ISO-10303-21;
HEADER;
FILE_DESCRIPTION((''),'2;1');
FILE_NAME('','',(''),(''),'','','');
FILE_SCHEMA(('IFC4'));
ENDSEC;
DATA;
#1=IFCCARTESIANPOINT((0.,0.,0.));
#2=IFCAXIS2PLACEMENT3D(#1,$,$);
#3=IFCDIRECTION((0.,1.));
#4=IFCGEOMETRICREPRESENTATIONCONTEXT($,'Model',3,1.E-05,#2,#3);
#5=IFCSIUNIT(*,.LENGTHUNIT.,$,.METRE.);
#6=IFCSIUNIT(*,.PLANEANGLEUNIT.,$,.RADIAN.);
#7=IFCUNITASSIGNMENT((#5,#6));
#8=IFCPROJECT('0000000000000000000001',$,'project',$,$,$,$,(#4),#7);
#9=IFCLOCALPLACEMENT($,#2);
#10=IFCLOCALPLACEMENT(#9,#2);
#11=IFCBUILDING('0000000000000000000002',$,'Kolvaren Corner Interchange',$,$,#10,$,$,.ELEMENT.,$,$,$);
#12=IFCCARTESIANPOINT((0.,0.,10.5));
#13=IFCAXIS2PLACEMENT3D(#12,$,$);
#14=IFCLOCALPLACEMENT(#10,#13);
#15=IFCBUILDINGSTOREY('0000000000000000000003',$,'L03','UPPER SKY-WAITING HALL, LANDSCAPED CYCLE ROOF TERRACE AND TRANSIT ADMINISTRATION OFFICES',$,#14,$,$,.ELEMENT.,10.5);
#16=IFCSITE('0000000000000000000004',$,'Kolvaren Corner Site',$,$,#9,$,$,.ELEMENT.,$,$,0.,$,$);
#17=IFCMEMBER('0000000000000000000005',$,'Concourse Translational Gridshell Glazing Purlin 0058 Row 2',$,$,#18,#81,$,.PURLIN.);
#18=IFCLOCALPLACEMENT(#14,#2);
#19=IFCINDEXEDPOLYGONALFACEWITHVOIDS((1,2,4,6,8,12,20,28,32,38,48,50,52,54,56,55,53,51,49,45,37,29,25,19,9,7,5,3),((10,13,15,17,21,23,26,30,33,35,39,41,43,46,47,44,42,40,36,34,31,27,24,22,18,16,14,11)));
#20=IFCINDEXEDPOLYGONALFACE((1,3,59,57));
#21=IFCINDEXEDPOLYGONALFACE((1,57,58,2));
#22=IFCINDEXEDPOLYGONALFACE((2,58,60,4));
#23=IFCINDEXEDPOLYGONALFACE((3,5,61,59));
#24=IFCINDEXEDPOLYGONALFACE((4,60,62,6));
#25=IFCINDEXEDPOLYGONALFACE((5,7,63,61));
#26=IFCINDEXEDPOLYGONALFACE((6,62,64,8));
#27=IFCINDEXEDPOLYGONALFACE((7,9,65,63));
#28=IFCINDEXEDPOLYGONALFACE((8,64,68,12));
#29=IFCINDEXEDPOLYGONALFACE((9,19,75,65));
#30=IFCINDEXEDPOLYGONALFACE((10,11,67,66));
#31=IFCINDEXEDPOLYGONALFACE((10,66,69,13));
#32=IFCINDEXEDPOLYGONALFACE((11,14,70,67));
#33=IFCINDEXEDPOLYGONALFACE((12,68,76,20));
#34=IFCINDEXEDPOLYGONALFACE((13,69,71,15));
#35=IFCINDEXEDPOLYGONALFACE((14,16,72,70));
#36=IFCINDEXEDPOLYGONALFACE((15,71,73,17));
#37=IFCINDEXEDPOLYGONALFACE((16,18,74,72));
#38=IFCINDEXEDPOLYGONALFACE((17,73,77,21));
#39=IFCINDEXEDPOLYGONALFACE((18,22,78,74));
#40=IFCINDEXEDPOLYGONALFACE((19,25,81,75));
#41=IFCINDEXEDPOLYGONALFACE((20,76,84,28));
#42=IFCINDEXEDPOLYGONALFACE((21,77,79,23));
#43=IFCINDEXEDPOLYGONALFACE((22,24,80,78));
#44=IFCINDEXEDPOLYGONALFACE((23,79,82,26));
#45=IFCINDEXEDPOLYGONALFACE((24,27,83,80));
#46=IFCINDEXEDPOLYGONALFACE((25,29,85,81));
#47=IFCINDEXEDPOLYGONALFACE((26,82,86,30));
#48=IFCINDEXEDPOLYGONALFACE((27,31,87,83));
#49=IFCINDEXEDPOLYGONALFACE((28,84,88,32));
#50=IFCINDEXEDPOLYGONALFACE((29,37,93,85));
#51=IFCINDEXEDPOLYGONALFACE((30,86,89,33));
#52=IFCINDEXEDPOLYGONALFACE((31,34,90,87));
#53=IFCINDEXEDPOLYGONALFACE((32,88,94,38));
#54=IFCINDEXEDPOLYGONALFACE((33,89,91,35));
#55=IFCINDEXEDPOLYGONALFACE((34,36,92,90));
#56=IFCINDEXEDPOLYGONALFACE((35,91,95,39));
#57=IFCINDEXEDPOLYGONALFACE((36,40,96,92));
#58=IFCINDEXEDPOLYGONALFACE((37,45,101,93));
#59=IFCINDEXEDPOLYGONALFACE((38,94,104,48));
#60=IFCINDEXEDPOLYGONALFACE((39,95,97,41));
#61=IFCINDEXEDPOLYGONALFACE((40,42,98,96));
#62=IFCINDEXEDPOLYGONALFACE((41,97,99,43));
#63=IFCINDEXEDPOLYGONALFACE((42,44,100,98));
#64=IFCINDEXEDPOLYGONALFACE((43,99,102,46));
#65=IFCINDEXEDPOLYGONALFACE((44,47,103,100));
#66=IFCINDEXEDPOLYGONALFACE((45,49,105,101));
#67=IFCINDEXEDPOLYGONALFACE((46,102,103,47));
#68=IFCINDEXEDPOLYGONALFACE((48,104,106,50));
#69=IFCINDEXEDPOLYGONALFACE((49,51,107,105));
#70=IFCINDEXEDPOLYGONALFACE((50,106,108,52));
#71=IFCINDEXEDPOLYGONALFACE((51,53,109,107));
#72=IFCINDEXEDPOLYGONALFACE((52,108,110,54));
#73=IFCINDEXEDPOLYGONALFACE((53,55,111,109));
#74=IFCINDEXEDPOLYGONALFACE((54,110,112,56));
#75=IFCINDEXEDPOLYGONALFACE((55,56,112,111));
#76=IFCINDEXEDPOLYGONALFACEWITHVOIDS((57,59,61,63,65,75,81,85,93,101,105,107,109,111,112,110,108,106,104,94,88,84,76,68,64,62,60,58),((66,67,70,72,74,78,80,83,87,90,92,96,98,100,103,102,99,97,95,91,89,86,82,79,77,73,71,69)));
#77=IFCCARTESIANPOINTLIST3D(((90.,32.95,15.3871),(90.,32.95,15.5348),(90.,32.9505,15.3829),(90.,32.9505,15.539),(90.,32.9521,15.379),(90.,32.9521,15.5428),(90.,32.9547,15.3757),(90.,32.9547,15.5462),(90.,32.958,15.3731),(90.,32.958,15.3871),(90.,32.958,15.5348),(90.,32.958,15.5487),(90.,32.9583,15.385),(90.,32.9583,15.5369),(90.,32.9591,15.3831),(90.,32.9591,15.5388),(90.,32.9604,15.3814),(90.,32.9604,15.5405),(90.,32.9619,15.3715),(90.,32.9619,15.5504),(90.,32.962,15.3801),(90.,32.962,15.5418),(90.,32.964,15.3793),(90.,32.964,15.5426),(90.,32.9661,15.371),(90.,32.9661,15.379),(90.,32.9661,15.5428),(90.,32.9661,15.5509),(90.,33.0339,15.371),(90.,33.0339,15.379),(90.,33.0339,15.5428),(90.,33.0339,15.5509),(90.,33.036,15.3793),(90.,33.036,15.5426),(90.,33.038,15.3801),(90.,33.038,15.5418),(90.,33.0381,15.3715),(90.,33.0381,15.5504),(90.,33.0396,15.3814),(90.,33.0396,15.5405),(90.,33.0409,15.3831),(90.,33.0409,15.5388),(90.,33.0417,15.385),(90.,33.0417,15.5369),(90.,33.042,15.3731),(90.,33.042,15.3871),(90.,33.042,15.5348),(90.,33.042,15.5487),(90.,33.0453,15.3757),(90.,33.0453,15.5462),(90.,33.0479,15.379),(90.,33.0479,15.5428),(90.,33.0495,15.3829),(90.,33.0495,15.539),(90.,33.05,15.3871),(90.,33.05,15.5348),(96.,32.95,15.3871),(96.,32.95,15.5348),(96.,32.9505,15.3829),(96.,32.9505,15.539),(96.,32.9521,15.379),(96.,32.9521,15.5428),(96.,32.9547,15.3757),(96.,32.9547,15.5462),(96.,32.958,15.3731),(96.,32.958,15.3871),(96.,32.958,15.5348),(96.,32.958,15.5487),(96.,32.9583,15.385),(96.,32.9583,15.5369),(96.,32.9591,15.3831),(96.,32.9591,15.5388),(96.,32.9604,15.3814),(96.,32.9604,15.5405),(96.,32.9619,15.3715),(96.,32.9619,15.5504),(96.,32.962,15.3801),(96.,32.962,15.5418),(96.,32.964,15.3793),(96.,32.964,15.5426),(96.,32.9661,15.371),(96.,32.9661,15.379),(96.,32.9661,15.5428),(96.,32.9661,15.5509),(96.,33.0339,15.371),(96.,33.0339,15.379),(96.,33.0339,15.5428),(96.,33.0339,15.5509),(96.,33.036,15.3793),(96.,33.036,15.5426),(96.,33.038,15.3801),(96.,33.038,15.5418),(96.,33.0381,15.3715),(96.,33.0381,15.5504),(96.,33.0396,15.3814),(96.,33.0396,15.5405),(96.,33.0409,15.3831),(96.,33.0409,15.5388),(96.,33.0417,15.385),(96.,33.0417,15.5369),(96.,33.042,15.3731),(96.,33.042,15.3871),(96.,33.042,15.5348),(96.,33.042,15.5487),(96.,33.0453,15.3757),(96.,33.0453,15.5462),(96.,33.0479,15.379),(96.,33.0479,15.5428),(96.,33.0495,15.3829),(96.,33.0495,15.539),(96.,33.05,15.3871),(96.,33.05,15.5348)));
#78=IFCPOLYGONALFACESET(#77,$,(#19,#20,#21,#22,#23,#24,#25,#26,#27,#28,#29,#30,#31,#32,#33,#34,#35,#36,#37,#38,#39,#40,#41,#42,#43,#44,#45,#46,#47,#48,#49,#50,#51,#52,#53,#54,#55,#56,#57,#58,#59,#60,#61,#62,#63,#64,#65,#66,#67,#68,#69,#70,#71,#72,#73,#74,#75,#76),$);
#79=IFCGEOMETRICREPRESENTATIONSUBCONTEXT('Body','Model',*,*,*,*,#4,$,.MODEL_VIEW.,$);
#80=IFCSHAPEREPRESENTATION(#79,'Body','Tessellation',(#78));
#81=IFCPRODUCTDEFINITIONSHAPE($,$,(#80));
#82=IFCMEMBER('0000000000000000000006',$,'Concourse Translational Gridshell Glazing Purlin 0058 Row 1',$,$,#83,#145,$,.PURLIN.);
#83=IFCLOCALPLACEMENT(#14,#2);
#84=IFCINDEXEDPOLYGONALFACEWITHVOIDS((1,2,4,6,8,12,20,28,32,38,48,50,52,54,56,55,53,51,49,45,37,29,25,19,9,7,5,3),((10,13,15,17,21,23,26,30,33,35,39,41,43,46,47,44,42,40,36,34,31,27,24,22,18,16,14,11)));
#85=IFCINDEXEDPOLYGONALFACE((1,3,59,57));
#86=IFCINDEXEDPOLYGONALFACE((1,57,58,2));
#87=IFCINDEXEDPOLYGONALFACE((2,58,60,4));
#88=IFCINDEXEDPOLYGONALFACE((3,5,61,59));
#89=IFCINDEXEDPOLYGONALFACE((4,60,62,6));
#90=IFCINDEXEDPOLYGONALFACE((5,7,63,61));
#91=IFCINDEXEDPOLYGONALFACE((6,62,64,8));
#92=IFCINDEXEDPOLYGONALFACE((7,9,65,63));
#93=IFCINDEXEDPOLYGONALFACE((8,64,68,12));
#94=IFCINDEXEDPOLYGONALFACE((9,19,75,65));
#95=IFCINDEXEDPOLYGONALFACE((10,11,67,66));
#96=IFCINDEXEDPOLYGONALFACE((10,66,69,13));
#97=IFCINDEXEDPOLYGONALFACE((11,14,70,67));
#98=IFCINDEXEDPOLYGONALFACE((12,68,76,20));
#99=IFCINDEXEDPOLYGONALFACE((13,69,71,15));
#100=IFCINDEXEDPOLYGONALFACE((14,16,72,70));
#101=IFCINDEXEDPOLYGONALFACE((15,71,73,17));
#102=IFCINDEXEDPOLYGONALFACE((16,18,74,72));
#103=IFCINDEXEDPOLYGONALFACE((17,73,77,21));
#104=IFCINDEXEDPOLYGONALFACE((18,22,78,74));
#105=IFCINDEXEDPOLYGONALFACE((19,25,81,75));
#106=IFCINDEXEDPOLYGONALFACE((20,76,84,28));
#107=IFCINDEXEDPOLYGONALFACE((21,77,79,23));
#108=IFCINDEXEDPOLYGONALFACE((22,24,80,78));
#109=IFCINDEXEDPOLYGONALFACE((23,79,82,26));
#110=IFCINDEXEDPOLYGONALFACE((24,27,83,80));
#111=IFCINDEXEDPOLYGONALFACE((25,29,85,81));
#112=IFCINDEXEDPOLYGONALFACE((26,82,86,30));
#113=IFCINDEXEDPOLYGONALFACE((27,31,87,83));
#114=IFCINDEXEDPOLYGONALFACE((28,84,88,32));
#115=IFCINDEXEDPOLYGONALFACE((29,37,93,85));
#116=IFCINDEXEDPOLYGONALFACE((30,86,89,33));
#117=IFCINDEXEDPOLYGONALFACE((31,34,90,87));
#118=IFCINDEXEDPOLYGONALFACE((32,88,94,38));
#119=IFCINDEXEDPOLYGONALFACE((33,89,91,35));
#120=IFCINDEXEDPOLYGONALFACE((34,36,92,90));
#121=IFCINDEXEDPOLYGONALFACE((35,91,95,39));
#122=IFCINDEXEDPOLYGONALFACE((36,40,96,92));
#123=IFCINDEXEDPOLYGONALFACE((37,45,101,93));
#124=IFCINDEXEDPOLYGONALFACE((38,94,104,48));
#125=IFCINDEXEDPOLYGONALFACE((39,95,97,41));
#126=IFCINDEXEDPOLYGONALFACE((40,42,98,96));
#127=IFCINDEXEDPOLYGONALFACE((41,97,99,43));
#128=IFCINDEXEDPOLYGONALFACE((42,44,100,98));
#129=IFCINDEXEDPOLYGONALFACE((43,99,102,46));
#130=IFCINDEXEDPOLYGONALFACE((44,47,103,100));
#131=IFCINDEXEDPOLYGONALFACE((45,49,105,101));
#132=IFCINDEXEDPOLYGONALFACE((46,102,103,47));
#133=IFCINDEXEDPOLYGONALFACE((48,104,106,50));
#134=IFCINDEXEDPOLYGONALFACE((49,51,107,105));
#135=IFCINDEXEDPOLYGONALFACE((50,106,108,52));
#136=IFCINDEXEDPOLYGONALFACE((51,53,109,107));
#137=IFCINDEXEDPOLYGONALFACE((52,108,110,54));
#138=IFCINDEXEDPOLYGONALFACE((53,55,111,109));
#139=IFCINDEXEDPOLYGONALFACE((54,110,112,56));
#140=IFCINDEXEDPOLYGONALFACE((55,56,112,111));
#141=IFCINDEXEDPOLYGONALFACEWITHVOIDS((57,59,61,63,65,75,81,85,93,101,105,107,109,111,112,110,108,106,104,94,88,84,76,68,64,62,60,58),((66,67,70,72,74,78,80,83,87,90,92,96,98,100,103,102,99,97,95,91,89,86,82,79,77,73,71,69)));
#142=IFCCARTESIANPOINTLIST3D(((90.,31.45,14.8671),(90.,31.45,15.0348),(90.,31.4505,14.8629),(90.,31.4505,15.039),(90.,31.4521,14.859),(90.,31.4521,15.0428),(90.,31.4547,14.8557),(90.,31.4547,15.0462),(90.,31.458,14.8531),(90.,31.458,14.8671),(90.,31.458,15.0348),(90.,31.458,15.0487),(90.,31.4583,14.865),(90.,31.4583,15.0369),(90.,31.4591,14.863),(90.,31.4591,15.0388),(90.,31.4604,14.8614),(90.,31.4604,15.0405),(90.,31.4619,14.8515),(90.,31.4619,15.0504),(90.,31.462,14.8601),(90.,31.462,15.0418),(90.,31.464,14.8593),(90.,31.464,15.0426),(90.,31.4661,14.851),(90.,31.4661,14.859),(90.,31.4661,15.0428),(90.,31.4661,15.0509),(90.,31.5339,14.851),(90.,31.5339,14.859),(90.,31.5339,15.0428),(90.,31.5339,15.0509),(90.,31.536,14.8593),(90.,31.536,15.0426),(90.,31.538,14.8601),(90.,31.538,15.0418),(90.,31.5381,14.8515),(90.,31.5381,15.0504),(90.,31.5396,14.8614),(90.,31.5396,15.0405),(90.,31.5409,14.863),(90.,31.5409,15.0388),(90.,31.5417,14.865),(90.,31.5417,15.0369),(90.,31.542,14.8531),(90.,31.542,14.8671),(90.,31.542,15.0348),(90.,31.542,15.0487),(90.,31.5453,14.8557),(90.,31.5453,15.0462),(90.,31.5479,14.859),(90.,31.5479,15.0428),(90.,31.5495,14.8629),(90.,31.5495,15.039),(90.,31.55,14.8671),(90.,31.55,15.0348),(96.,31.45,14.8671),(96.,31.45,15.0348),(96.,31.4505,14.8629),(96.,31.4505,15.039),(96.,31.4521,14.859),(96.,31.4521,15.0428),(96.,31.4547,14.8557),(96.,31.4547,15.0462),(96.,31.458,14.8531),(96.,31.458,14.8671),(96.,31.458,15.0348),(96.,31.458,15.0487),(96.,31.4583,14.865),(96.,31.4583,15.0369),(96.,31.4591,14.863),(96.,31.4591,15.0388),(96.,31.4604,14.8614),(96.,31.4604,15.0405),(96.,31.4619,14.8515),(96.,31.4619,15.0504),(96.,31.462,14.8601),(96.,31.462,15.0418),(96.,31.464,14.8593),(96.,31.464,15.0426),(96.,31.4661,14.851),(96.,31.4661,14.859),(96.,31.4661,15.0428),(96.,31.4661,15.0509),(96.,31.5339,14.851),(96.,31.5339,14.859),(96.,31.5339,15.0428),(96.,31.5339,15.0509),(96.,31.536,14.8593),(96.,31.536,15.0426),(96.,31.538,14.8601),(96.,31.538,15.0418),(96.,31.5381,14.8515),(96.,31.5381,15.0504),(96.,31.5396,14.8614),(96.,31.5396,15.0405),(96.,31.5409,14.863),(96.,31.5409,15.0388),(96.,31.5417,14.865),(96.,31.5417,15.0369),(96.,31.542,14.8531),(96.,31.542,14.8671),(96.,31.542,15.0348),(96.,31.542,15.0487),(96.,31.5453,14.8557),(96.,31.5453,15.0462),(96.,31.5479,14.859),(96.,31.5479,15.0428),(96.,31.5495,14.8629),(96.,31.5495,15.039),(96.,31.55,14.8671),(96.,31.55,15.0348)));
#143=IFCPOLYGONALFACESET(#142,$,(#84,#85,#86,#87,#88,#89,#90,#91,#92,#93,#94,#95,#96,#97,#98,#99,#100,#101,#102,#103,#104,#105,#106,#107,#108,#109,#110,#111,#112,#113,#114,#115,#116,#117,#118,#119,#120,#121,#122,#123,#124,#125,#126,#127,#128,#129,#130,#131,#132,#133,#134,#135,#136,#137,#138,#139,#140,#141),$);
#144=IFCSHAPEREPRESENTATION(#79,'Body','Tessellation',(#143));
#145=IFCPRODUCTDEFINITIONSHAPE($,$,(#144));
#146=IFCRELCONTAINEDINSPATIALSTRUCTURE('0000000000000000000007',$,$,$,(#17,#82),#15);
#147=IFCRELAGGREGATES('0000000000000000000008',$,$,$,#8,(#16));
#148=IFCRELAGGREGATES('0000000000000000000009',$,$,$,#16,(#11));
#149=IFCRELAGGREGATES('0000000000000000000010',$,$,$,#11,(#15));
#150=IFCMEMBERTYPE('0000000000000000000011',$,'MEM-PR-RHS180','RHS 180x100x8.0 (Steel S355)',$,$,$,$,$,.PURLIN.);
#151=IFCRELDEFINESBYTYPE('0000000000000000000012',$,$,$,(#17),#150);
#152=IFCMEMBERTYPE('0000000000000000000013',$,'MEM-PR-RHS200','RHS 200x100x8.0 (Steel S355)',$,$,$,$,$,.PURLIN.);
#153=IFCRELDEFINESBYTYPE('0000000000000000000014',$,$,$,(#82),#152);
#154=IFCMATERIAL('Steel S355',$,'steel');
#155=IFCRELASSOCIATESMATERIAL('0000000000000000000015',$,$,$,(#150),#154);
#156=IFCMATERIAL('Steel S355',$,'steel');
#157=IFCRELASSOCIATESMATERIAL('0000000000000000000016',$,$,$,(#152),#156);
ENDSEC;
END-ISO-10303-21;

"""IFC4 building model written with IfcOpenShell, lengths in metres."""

from ifc_helpers import new_model, si_unit, direction, frame, origin, origin_2d, place, context, subcontext, project, spatial, hollow_rectangle, extrude, material, material_profile, profile_set, type_object, element, save


model = new_model("IFC4")

# Units and contexts
model_context = context("Model", 3, precision=1e-05, world=origin(), true_north=direction((0.0, 1.0)))
body_context = subcontext(model_context, "Body", "Model", "MODEL_VIEW")
ifc_project = project(units=[si_unit("LENGTHUNIT", "METRE"), si_unit("PLANEANGLEUNIT", "RADIAN")], contexts=[model_context])

# Site, building, storey
site_placement = place(None, origin())
site = spatial("IfcSite", under=ifc_project, at=site_placement, Name="Kolvaren Corner Site", CompositionType="ELEMENT", RefElevation=0.0)
building_placement = place(site_placement, origin())
building = spatial("IfcBuilding", under=site, at=building_placement, Name="Kolvaren Corner Interchange", CompositionType="ELEMENT")
storey_placement = place(building_placement, frame((0.0, 0.0, 10.5)))
storey = spatial("IfcBuildingStorey", under=building, at=storey_placement, Name="L03", Description="UPPER SKY-WAITING HALL, LANDSCAPED CYCLE ROOF TERRACE AND TRANSIT ADMINISTRATION OFFICES", CompositionType="ELEMENT", Elevation=10.5)

# Members
ifc_material_1 = material(Name="Steel S355", Category="steel")
ifc_material_profile_1 = material_profile(ifc_material_1, hollow_rectangle(XDim=0.1001, YDim=0.1799, WallThickness=0.0081, InnerFilletRadius=0.0081, OuterFilletRadius=0.0161, at=origin_2d()), Name="RHS 180x100x8.0")
ifc_profile_set_1 = profile_set([ifc_material_profile_1], Name="Steel S355")
member_type_1 = type_object("IfcMemberType", Name="MEM-PR-RHS180", Description="RHS 180x100x8.0 (Steel S355)", PredefinedType="PURLIN", material=ifc_profile_set_1)
member_1_placement = place(storey_placement, frame((90.0, 33.0, 15.4609), z_axis=(1.0, 0.0, 0.0), x_axis=(0.0, 1.0, 0.0)))
element("IfcMember", 1, at=member_1_placement, inside=storey, type_object=member_type_1, Name="Concourse Translational Gridshell Glazing Purlin 0058 Row 2", PredefinedType="PURLIN", context=body_context, shape_type="SweptSolid", body=[
    extrude(hollow_rectangle(XDim=0.1001, YDim=0.1799, WallThickness=0.0081, InnerFilletRadius=0.0081, OuterFilletRadius=0.0161, at=origin_2d()), origin(), (0.0, 0.0, 1.0), 6.0),
])
ifc_material_2 = material(Name="Steel S355", Category="steel")
ifc_material_profile_2 = material_profile(ifc_material_2, hollow_rectangle(XDim=0.1001, YDim=0.2, WallThickness=0.0081, InnerFilletRadius=0.0081, OuterFilletRadius=0.0161, at=origin_2d()), Name="RHS 200x100x8.0")
ifc_profile_set_2 = profile_set([ifc_material_profile_2], Name="Steel S355")
member_type_2 = type_object("IfcMemberType", Name="MEM-PR-RHS200", Description="RHS 200x100x8.0 (Steel S355)", PredefinedType="PURLIN", material=ifc_profile_set_2)
for number, where, z_axis, x_axis, name in (
    (2, (90.0, 31.5, 14.9509), (1.0, 0.0, 0.0), (0.0, 1.0, 0.0), "Concourse Translational Gridshell Glazing Purlin 0058 Row 1"),
):
    element("IfcMember", number, at=place(storey_placement, frame(where, z_axis=z_axis, x_axis=x_axis)), inside=storey, type_object=member_type_2, Name=name, PredefinedType="PURLIN", context=body_context, shape_type="SweptSolid", body=[
        extrude(hollow_rectangle(XDim=0.1001, YDim=0.2, WallThickness=0.0081, InnerFilletRadius=0.0081, OuterFilletRadius=0.0161, at=origin_2d()), origin(), (0.0, 0.0, 1.0), 6.0),
    ])

save(model, "model.ifc")
